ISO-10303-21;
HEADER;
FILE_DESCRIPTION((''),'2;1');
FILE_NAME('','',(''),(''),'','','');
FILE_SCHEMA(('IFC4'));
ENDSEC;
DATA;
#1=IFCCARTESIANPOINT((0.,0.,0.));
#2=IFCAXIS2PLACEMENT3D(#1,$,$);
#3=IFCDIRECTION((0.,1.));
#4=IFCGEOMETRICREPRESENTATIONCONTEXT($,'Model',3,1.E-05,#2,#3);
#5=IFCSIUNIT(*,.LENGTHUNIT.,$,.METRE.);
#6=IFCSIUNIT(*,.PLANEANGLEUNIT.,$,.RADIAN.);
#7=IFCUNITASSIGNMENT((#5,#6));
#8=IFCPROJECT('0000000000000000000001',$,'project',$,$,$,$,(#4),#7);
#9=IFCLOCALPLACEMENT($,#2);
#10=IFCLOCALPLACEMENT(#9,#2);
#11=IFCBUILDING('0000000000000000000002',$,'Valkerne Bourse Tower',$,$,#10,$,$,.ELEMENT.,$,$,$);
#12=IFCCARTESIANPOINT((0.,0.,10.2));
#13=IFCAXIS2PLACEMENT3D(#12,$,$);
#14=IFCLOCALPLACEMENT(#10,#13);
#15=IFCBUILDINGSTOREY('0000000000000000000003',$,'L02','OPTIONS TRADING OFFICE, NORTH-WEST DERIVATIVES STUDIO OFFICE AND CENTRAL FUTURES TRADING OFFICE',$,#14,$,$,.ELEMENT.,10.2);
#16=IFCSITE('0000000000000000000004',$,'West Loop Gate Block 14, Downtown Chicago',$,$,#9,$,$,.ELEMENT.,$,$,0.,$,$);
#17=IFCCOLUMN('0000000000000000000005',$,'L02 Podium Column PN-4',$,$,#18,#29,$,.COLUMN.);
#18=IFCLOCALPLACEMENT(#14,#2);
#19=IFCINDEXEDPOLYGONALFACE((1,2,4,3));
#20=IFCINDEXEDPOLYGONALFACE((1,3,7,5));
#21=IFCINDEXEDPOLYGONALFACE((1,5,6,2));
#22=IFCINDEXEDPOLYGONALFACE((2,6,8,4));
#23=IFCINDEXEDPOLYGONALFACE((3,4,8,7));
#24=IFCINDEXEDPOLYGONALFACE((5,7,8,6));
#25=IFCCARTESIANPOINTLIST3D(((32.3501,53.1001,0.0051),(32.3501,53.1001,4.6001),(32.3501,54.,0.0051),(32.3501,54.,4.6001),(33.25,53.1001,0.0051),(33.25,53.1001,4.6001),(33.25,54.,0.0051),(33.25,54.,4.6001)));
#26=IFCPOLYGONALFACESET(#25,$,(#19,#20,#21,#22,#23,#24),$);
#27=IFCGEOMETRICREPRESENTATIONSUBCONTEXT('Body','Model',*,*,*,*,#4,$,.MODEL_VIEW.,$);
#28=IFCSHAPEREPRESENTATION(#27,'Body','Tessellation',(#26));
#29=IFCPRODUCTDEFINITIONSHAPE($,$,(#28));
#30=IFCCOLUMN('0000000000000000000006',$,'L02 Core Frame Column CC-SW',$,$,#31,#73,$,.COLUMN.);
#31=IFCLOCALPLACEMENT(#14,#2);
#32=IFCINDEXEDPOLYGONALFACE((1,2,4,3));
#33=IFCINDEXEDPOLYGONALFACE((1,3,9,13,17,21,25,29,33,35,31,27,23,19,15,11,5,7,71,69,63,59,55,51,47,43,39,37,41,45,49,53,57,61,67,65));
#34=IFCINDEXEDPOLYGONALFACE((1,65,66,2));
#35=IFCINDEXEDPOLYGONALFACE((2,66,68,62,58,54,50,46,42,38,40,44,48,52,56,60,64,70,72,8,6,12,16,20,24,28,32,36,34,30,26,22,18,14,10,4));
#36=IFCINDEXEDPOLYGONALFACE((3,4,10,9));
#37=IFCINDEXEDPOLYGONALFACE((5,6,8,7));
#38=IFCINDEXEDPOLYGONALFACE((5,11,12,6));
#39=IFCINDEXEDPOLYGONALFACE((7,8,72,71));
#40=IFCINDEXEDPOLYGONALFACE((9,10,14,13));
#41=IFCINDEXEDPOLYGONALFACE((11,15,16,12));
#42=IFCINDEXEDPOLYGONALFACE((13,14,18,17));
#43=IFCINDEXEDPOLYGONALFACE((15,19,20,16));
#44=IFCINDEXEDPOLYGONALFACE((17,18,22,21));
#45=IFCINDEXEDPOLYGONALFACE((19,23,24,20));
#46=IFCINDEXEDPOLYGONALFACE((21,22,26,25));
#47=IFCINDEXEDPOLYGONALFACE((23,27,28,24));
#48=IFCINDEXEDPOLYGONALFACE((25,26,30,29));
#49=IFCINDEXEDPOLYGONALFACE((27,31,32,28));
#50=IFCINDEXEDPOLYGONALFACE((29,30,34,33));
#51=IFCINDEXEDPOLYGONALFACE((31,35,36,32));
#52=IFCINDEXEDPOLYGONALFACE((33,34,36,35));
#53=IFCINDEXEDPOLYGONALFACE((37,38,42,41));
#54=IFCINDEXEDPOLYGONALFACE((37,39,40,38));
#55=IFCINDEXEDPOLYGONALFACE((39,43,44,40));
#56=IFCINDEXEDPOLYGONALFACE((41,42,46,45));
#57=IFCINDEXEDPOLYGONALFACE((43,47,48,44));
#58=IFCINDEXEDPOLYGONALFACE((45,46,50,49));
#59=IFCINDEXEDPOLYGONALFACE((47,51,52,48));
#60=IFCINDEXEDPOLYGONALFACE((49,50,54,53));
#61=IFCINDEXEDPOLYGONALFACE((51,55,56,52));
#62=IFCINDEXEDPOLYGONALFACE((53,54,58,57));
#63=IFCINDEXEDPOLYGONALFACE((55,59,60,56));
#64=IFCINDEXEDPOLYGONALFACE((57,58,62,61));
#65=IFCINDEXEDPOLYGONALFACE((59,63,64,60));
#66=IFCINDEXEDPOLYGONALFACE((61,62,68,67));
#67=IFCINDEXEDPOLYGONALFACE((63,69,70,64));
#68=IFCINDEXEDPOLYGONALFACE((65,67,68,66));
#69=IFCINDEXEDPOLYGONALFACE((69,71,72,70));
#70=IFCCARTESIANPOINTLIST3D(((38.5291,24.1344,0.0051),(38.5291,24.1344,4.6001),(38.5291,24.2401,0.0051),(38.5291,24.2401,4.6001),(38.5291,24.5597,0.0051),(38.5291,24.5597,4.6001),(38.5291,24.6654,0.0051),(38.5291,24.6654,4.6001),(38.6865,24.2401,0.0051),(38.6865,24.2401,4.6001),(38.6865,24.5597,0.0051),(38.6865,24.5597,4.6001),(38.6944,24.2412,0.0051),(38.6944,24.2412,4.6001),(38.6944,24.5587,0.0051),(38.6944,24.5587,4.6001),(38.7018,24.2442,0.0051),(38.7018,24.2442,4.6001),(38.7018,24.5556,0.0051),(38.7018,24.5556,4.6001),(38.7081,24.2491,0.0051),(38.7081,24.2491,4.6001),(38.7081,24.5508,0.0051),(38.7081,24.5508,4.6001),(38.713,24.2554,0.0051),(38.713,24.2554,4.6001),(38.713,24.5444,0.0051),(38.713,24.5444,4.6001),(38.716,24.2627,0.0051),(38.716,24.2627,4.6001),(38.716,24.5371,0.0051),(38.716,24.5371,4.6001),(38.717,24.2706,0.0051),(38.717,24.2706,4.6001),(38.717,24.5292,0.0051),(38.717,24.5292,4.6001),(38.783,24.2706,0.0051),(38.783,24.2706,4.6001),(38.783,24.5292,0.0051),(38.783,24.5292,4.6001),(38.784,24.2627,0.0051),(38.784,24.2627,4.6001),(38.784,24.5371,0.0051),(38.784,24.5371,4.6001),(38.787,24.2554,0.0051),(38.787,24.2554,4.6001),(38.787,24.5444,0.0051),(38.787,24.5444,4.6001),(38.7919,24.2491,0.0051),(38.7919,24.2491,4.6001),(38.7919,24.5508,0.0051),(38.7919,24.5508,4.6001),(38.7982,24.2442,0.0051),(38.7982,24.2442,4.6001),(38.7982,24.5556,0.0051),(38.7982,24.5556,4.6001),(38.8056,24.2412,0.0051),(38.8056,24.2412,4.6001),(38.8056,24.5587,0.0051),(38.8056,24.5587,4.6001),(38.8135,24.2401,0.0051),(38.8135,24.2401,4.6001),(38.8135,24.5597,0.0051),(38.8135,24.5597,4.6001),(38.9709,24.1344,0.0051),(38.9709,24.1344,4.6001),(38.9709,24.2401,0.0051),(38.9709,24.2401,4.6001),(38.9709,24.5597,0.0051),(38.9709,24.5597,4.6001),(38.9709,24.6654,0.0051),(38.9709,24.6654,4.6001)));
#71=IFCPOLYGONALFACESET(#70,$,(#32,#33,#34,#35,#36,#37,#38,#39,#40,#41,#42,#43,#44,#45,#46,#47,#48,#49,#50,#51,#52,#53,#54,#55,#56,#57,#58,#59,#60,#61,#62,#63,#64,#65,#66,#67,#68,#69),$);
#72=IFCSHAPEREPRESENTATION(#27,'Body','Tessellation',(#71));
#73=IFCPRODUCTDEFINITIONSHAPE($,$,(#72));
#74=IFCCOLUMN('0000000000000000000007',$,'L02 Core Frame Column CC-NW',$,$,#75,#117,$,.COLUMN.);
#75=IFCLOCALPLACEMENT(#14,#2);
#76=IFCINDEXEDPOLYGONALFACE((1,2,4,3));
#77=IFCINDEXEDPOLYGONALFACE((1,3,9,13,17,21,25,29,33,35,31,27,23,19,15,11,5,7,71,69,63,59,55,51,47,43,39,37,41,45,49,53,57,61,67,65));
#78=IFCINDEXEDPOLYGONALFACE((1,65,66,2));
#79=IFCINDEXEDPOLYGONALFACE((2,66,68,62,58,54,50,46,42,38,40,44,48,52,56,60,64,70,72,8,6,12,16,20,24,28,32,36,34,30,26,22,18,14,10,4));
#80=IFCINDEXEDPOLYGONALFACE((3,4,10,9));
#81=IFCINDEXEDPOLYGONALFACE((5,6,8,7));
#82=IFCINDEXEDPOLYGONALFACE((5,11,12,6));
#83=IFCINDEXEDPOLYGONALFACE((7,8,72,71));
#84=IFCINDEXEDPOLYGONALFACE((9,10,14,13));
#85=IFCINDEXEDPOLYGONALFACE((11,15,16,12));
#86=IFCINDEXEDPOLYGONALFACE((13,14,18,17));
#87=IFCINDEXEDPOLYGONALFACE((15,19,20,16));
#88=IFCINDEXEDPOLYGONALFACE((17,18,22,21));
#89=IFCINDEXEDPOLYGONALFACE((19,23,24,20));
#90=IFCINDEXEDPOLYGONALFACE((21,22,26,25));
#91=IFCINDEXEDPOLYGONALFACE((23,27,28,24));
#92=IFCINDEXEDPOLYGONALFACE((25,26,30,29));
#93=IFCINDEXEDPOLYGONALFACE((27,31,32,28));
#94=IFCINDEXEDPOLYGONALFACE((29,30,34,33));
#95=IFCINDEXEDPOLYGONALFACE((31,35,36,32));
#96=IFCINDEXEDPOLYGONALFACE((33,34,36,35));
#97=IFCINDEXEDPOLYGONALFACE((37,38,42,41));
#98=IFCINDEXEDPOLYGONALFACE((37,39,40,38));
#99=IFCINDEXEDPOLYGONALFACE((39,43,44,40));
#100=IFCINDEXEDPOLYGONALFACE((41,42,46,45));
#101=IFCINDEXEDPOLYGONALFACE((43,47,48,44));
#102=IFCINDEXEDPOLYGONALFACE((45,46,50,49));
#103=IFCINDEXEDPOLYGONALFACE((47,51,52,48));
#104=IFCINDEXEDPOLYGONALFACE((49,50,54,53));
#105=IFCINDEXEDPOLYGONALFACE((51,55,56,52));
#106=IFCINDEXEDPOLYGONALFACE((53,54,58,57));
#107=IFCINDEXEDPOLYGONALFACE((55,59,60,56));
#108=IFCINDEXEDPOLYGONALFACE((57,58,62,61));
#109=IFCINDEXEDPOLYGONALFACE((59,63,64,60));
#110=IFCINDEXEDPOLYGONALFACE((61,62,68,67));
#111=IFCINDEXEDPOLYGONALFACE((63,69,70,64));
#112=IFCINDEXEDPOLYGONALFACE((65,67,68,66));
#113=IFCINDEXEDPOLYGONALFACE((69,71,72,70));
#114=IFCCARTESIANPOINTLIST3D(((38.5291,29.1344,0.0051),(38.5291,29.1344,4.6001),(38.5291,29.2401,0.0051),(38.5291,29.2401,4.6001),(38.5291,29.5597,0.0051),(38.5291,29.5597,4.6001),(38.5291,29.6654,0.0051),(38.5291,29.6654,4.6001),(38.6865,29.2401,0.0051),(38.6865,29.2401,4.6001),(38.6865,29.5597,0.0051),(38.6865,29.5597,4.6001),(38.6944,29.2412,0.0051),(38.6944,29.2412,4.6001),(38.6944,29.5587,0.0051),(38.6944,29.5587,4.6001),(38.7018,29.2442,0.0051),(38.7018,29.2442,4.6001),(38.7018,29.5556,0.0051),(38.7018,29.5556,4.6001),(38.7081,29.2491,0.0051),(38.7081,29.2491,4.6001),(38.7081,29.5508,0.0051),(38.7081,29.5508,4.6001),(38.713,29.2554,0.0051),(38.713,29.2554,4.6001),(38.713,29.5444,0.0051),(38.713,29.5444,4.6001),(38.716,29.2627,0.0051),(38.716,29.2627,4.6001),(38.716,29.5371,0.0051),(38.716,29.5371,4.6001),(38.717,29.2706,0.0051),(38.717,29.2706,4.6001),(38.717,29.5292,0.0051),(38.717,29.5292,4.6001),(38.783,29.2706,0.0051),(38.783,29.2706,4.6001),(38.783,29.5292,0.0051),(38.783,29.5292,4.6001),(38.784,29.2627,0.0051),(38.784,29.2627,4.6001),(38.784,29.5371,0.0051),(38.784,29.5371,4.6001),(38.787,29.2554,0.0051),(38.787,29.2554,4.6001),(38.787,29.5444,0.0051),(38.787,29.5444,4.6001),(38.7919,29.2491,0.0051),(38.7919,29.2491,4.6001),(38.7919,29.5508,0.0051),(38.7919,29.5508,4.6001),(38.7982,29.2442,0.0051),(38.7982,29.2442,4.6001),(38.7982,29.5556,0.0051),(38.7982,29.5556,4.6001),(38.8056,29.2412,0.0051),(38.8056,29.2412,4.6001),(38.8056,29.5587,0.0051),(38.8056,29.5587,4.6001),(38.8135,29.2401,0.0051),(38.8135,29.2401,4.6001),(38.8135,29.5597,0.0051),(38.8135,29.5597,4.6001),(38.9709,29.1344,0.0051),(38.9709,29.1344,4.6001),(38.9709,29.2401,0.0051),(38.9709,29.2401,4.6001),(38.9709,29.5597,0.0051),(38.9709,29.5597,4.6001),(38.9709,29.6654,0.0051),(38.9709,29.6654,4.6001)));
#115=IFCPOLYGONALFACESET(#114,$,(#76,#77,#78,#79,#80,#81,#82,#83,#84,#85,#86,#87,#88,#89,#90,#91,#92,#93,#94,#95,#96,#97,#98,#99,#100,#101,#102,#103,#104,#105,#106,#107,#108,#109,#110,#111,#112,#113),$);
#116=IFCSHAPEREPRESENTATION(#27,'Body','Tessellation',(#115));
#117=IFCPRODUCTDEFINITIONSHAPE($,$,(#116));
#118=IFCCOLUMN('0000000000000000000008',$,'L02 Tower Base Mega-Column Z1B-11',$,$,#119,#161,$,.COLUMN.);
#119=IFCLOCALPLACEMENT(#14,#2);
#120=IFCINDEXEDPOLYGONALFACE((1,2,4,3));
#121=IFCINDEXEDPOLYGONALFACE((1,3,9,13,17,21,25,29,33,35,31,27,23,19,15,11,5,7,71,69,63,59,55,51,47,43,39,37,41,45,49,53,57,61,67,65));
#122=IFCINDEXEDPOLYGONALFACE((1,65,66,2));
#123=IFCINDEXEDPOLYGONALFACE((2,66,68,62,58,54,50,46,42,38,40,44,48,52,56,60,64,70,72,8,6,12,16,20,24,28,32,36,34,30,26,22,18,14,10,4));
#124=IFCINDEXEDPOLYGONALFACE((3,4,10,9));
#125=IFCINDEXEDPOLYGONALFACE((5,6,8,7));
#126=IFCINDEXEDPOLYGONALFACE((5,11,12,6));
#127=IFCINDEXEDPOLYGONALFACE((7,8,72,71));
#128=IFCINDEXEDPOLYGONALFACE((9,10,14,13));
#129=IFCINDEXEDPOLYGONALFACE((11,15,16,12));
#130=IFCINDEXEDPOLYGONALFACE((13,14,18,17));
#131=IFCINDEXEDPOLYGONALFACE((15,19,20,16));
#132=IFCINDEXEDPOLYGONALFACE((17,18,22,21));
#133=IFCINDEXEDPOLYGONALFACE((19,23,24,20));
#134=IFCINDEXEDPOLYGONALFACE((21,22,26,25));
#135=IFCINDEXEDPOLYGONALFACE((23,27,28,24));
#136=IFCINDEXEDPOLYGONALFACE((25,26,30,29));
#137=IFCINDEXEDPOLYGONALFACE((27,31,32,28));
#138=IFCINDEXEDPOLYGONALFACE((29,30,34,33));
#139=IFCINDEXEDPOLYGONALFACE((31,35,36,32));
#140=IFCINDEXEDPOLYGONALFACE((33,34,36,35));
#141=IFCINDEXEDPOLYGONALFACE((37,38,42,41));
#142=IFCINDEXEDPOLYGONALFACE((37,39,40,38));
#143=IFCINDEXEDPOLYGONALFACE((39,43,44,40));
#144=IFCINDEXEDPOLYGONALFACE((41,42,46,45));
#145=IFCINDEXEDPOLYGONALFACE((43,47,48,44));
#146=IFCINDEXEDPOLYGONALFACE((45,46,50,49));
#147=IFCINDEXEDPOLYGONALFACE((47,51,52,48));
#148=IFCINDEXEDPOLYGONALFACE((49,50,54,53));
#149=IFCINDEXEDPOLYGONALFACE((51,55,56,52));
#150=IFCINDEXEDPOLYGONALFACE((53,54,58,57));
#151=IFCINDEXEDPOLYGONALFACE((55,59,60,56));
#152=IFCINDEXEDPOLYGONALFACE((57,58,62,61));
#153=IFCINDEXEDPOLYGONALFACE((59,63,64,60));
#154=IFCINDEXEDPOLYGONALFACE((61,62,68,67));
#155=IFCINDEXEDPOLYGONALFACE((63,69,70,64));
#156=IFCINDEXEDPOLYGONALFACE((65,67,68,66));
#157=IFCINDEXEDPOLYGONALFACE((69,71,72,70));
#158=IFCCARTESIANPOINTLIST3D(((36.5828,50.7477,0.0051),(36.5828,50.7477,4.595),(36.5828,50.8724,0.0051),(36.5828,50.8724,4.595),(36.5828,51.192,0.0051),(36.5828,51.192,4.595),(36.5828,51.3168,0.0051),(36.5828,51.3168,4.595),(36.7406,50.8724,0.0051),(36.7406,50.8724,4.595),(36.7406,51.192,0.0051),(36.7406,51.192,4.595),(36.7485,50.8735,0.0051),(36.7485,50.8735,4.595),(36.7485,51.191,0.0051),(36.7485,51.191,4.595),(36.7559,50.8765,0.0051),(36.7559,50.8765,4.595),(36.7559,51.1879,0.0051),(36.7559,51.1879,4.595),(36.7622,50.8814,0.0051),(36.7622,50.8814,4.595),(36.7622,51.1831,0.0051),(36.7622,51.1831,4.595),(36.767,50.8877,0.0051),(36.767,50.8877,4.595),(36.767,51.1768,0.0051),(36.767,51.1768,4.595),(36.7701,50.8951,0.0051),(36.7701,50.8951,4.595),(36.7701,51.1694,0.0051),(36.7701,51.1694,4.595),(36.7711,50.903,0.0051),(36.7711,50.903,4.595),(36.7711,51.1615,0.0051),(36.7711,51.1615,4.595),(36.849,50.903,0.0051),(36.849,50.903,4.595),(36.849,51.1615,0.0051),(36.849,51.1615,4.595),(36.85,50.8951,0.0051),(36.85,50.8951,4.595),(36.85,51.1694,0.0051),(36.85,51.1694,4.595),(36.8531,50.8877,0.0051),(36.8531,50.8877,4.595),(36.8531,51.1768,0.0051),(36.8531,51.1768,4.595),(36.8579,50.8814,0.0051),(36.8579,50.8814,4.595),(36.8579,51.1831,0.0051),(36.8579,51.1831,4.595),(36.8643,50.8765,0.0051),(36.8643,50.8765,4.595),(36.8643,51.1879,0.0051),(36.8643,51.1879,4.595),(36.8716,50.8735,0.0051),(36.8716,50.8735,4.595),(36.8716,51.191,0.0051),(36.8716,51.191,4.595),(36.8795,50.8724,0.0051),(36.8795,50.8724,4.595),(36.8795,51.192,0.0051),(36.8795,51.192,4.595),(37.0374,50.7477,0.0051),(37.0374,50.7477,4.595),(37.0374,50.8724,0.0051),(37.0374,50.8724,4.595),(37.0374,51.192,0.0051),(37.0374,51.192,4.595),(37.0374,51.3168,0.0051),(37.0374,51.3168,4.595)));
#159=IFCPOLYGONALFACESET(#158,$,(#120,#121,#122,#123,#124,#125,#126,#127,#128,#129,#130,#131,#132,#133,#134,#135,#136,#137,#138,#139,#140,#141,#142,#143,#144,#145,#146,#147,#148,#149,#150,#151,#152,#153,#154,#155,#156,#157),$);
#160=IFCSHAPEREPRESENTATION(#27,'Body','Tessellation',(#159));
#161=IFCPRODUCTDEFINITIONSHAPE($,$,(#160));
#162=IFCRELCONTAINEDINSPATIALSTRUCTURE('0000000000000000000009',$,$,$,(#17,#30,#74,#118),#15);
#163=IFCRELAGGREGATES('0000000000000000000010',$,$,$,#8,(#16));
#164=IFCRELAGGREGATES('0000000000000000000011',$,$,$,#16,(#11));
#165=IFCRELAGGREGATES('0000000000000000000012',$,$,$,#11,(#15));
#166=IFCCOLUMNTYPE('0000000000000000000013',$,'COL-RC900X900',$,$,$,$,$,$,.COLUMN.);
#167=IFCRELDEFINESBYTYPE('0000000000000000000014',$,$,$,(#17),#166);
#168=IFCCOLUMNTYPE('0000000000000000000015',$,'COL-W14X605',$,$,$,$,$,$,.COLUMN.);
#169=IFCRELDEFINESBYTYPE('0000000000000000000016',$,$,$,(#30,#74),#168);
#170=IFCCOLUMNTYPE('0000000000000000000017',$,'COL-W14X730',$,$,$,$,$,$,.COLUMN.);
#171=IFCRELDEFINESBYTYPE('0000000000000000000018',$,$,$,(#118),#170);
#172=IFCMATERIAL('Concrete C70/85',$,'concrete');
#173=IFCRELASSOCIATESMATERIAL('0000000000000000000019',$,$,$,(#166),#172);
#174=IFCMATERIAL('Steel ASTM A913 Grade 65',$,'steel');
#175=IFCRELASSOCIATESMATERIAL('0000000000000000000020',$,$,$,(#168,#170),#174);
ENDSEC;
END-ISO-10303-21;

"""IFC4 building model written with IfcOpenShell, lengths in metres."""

from ifc_helpers import new_model, si_unit, direction, frame, origin, origin_2d, place, context, subcontext, project, spatial, rectangle, i_section, extrude, material, material_profile, profile_set, type_object, element, save


model = new_model("IFC4")

# Units and contexts
model_context = context("Model", 3, precision=1e-05, world=origin(), true_north=direction((0.0, 1.0)))
body_context = subcontext(model_context, "Body", "Model", "MODEL_VIEW")
ifc_project = project(units=[si_unit("LENGTHUNIT", "METRE"), si_unit("PLANEANGLEUNIT", "RADIAN")], contexts=[model_context])

# Site, building, storey
site_placement = place(None, origin())
site = spatial("IfcSite", under=ifc_project, at=site_placement, Name="West Loop Gate Block 14, Downtown Chicago", CompositionType="ELEMENT", RefElevation=0.0)
building_placement = place(site_placement, origin())
building = spatial("IfcBuilding", under=site, at=building_placement, Name="Valkerne Bourse Tower", CompositionType="ELEMENT")
storey_placement = place(building_placement, frame((0.0, 0.0, 10.2)))
storey = spatial("IfcBuildingStorey", under=building, at=storey_placement, Name="L02", Description="OPTIONS TRADING OFFICE, NORTH-WEST DERIVATIVES STUDIO OFFICE AND CENTRAL FUTURES TRADING OFFICE", CompositionType="ELEMENT", Elevation=10.2)

# Columns
ifc_material_1 = material(Name="Concrete C70/85", Category="concrete")
ifc_material_profile_1 = material_profile(ifc_material_1, rectangle(XDim=0.8999, YDim=0.8999, at=origin_2d()), Name="RC900X900")
ifc_profile_set_1 = profile_set([ifc_material_profile_1], Name="Concrete C70/85")
column_type_1 = type_object("IfcColumnType", Name="COL-RC900X900", PredefinedType="COLUMN", material=ifc_profile_set_1)
column_placement = place(storey_placement, frame((32.8, 53.55, 0.0051), z_axis=(0.0, 0.0, 1.0), x_axis=(1.0, 0.0, 0.0)))
element("IfcColumn", 1, at=column_placement, inside=storey, type_object=column_type_1, Name="L02 Podium Column PN-4", PredefinedType="COLUMN", context=body_context, shape_type="SweptSolid", body=[
    extrude(rectangle(XDim=0.8999, YDim=0.8999, at=origin_2d()), origin(), (0.0, 0.0, 1.0), 4.595),
])
ifc_material_2 = material(Name="Steel ASTM A913 Grade 65", Category="steel")
ifc_material_profile_2 = material_profile(ifc_material_2, i_section(OverallWidth=0.4419, OverallDepth=0.531, WebThickness=0.0659, FlangeThickness=0.1057, FilletRadius=0.0305, at=origin_2d()), Name="W14X605")
ifc_profile_set_2 = profile_set([ifc_material_profile_2], Name="Steel ASTM A913 Grade 65")
column_type_2 = type_object("IfcColumnType", Name="COL-W14X605", PredefinedType="COLUMN", material=ifc_profile_set_2)
for number, where, z_axis, x_axis, name in (
    (2, (38.75, 24.3999, 0.0051), (0.0, 0.0, 1.0), (1.0, 0.0, 0.0), "L02 Core Frame Column CC-SW"),
    (3, (38.75, 29.3999, 0.0051), (0.0, 0.0, 1.0), (1.0, 0.0, 0.0), "L02 Core Frame Column CC-NW"),
):
    element("IfcColumn", number, at=place(storey_placement, frame(where, z_axis=z_axis, x_axis=x_axis)), inside=storey, type_object=column_type_2, Name=name, PredefinedType="COLUMN", context=body_context, shape_type="SweptSolid", body=[
        extrude(i_section(OverallWidth=0.4419, OverallDepth=0.531, WebThickness=0.0659, FlangeThickness=0.1057, FilletRadius=0.0305, at=origin_2d()), origin(), (0.0, 0.0, 1.0), 4.595),
    ])
ifc_material_profile_3 = material_profile(ifc_material_2, i_section(OverallWidth=0.4546, OverallDepth=0.5691, WebThickness=0.0779, FlangeThickness=0.1248, FilletRadius=0.0305, at=origin_2d()), Name="W14X730")
ifc_profile_set_3 = profile_set([ifc_material_profile_3], Name="Steel ASTM A913 Grade 65")
column_type_3 = type_object("IfcColumnType", Name="COL-W14X730", PredefinedType="COLUMN", material=ifc_profile_set_3)
for number, where, z_axis, x_axis, name in (
    (4, (36.8101, 51.0322, 0.0051), (0.0, 0.0, 1.0), (-1.0, 0.0, 0.0), "L02 Tower Base Mega-Column Z1B-11"),
):
    element("IfcColumn", number, at=place(storey_placement, frame(where, z_axis=z_axis, x_axis=x_axis)), inside=storey, type_object=column_type_3, Name=name, PredefinedType="COLUMN", context=body_context, shape_type="SweptSolid", body=[
        extrude(i_section(OverallWidth=0.4546, OverallDepth=0.5691, WebThickness=0.0779, FlangeThickness=0.1248, FilletRadius=0.0305, at=origin_2d()), origin(), (0.0, 0.0, 1.0), 4.5898),
    ])

save(model, "model.ifc")
